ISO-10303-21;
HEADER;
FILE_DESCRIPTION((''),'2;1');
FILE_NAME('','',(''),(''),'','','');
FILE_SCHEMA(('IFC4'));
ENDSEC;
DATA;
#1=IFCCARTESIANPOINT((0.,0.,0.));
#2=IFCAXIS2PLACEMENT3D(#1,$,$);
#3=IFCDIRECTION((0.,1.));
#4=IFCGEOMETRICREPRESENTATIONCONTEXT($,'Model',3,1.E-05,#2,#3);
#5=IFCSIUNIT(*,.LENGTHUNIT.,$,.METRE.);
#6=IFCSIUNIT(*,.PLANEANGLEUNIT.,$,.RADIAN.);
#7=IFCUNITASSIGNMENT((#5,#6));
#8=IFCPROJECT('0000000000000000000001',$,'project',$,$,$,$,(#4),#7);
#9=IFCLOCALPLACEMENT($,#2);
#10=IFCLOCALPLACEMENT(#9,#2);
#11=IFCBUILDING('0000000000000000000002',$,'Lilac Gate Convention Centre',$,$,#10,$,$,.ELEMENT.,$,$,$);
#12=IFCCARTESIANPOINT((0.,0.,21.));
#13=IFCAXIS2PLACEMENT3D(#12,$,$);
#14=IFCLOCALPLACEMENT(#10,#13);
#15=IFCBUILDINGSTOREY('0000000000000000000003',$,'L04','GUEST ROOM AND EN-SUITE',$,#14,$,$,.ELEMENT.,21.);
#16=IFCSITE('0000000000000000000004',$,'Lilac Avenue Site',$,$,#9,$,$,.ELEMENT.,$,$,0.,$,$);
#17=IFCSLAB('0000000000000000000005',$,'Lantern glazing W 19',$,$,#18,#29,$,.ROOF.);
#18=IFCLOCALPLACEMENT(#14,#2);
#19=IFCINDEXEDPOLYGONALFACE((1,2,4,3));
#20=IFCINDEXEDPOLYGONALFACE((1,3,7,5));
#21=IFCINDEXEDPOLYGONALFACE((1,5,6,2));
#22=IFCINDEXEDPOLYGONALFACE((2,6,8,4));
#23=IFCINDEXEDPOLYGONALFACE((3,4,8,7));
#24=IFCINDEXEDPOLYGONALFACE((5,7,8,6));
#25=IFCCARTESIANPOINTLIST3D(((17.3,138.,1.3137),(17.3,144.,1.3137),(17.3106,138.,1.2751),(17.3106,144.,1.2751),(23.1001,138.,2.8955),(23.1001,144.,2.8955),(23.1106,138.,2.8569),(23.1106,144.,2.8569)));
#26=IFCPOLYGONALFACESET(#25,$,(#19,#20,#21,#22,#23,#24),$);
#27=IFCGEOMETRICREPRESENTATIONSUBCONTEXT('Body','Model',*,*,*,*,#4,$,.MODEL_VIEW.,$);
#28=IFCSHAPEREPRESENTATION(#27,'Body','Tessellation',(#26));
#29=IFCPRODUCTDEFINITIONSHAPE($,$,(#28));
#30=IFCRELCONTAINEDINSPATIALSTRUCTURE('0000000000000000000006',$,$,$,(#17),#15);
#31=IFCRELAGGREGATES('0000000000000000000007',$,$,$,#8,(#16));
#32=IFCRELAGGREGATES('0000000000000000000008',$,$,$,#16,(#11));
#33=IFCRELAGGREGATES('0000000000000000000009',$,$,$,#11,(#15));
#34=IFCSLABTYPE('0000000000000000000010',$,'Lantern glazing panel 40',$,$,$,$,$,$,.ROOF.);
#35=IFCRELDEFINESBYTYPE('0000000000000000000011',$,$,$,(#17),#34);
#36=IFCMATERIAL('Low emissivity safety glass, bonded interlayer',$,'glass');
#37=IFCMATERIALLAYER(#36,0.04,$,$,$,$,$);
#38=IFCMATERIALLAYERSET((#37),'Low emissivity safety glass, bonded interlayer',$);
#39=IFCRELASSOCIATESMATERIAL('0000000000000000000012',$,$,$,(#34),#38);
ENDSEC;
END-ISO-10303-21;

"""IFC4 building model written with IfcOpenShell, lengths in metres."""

from ifc_helpers import new_model, si_unit, direction, frame, origin, place, context, subcontext, project, spatial, polyline, outline, extrude, material, layer, layer_set, type_object, element, save


model = new_model("IFC4")

# Units and contexts
model_context = context("Model", 3, precision=1e-05, world=origin(), true_north=direction((0.0, 1.0)))
body_context = subcontext(model_context, "Body", "Model", "MODEL_VIEW")
ifc_project = project(units=[si_unit("LENGTHUNIT", "METRE"), si_unit("PLANEANGLEUNIT", "RADIAN")], contexts=[model_context])

# Site, building, storey
site_placement = place(None, origin())
site = spatial("IfcSite", under=ifc_project, at=site_placement, Name="Lilac Avenue Site", CompositionType="ELEMENT", RefElevation=0.0)
building_placement = place(site_placement, origin())
building = spatial("IfcBuilding", under=site, at=building_placement, Name="Lilac Gate Convention Centre", CompositionType="ELEMENT")
storey_placement = place(building_placement, frame((0.0, 0.0, 21.0)))
storey = spatial("IfcBuildingStorey", under=building, at=storey_placement, Name="L04", Description="GUEST ROOM AND EN-SUITE", CompositionType="ELEMENT", Elevation=21.0)

# Slab
ifc_material_1 = material(Name="Low emissivity safety glass, bonded interlayer", Category="glass")
ifc_layer_1 = layer(ifc_material_1, 0.04)
ifc_layer_set_1 = layer_set([ifc_layer_1], Name="Low emissivity safety glass, bonded interlayer")
slab_type = type_object("IfcSlabType", Name="Lantern glazing panel 40", PredefinedType="ROOF", material=ifc_layer_set_1)
slab_placement = place(storey_placement, frame((17.3, 138.0, 1.3137), z_axis=(-0.263111, 0.0, 0.964766), x_axis=(0.964766, 0.0, 0.263111)))
element("IfcSlab", 1, at=slab_placement, inside=storey, type_object=slab_type, Name="Lantern glazing W 19", PredefinedType="ROOF", context=body_context, shape_type="SweptSolid", body=[
    extrude(outline(polyline([(0.0, 0.0), (6.0119, 0.0), (6.0119, 6.0), (0.0, 6.0), (0.0, 0.0)])), origin(), (0.0, 0.0, -1.0), 0.04),
])

save(model, "model.ifc")
